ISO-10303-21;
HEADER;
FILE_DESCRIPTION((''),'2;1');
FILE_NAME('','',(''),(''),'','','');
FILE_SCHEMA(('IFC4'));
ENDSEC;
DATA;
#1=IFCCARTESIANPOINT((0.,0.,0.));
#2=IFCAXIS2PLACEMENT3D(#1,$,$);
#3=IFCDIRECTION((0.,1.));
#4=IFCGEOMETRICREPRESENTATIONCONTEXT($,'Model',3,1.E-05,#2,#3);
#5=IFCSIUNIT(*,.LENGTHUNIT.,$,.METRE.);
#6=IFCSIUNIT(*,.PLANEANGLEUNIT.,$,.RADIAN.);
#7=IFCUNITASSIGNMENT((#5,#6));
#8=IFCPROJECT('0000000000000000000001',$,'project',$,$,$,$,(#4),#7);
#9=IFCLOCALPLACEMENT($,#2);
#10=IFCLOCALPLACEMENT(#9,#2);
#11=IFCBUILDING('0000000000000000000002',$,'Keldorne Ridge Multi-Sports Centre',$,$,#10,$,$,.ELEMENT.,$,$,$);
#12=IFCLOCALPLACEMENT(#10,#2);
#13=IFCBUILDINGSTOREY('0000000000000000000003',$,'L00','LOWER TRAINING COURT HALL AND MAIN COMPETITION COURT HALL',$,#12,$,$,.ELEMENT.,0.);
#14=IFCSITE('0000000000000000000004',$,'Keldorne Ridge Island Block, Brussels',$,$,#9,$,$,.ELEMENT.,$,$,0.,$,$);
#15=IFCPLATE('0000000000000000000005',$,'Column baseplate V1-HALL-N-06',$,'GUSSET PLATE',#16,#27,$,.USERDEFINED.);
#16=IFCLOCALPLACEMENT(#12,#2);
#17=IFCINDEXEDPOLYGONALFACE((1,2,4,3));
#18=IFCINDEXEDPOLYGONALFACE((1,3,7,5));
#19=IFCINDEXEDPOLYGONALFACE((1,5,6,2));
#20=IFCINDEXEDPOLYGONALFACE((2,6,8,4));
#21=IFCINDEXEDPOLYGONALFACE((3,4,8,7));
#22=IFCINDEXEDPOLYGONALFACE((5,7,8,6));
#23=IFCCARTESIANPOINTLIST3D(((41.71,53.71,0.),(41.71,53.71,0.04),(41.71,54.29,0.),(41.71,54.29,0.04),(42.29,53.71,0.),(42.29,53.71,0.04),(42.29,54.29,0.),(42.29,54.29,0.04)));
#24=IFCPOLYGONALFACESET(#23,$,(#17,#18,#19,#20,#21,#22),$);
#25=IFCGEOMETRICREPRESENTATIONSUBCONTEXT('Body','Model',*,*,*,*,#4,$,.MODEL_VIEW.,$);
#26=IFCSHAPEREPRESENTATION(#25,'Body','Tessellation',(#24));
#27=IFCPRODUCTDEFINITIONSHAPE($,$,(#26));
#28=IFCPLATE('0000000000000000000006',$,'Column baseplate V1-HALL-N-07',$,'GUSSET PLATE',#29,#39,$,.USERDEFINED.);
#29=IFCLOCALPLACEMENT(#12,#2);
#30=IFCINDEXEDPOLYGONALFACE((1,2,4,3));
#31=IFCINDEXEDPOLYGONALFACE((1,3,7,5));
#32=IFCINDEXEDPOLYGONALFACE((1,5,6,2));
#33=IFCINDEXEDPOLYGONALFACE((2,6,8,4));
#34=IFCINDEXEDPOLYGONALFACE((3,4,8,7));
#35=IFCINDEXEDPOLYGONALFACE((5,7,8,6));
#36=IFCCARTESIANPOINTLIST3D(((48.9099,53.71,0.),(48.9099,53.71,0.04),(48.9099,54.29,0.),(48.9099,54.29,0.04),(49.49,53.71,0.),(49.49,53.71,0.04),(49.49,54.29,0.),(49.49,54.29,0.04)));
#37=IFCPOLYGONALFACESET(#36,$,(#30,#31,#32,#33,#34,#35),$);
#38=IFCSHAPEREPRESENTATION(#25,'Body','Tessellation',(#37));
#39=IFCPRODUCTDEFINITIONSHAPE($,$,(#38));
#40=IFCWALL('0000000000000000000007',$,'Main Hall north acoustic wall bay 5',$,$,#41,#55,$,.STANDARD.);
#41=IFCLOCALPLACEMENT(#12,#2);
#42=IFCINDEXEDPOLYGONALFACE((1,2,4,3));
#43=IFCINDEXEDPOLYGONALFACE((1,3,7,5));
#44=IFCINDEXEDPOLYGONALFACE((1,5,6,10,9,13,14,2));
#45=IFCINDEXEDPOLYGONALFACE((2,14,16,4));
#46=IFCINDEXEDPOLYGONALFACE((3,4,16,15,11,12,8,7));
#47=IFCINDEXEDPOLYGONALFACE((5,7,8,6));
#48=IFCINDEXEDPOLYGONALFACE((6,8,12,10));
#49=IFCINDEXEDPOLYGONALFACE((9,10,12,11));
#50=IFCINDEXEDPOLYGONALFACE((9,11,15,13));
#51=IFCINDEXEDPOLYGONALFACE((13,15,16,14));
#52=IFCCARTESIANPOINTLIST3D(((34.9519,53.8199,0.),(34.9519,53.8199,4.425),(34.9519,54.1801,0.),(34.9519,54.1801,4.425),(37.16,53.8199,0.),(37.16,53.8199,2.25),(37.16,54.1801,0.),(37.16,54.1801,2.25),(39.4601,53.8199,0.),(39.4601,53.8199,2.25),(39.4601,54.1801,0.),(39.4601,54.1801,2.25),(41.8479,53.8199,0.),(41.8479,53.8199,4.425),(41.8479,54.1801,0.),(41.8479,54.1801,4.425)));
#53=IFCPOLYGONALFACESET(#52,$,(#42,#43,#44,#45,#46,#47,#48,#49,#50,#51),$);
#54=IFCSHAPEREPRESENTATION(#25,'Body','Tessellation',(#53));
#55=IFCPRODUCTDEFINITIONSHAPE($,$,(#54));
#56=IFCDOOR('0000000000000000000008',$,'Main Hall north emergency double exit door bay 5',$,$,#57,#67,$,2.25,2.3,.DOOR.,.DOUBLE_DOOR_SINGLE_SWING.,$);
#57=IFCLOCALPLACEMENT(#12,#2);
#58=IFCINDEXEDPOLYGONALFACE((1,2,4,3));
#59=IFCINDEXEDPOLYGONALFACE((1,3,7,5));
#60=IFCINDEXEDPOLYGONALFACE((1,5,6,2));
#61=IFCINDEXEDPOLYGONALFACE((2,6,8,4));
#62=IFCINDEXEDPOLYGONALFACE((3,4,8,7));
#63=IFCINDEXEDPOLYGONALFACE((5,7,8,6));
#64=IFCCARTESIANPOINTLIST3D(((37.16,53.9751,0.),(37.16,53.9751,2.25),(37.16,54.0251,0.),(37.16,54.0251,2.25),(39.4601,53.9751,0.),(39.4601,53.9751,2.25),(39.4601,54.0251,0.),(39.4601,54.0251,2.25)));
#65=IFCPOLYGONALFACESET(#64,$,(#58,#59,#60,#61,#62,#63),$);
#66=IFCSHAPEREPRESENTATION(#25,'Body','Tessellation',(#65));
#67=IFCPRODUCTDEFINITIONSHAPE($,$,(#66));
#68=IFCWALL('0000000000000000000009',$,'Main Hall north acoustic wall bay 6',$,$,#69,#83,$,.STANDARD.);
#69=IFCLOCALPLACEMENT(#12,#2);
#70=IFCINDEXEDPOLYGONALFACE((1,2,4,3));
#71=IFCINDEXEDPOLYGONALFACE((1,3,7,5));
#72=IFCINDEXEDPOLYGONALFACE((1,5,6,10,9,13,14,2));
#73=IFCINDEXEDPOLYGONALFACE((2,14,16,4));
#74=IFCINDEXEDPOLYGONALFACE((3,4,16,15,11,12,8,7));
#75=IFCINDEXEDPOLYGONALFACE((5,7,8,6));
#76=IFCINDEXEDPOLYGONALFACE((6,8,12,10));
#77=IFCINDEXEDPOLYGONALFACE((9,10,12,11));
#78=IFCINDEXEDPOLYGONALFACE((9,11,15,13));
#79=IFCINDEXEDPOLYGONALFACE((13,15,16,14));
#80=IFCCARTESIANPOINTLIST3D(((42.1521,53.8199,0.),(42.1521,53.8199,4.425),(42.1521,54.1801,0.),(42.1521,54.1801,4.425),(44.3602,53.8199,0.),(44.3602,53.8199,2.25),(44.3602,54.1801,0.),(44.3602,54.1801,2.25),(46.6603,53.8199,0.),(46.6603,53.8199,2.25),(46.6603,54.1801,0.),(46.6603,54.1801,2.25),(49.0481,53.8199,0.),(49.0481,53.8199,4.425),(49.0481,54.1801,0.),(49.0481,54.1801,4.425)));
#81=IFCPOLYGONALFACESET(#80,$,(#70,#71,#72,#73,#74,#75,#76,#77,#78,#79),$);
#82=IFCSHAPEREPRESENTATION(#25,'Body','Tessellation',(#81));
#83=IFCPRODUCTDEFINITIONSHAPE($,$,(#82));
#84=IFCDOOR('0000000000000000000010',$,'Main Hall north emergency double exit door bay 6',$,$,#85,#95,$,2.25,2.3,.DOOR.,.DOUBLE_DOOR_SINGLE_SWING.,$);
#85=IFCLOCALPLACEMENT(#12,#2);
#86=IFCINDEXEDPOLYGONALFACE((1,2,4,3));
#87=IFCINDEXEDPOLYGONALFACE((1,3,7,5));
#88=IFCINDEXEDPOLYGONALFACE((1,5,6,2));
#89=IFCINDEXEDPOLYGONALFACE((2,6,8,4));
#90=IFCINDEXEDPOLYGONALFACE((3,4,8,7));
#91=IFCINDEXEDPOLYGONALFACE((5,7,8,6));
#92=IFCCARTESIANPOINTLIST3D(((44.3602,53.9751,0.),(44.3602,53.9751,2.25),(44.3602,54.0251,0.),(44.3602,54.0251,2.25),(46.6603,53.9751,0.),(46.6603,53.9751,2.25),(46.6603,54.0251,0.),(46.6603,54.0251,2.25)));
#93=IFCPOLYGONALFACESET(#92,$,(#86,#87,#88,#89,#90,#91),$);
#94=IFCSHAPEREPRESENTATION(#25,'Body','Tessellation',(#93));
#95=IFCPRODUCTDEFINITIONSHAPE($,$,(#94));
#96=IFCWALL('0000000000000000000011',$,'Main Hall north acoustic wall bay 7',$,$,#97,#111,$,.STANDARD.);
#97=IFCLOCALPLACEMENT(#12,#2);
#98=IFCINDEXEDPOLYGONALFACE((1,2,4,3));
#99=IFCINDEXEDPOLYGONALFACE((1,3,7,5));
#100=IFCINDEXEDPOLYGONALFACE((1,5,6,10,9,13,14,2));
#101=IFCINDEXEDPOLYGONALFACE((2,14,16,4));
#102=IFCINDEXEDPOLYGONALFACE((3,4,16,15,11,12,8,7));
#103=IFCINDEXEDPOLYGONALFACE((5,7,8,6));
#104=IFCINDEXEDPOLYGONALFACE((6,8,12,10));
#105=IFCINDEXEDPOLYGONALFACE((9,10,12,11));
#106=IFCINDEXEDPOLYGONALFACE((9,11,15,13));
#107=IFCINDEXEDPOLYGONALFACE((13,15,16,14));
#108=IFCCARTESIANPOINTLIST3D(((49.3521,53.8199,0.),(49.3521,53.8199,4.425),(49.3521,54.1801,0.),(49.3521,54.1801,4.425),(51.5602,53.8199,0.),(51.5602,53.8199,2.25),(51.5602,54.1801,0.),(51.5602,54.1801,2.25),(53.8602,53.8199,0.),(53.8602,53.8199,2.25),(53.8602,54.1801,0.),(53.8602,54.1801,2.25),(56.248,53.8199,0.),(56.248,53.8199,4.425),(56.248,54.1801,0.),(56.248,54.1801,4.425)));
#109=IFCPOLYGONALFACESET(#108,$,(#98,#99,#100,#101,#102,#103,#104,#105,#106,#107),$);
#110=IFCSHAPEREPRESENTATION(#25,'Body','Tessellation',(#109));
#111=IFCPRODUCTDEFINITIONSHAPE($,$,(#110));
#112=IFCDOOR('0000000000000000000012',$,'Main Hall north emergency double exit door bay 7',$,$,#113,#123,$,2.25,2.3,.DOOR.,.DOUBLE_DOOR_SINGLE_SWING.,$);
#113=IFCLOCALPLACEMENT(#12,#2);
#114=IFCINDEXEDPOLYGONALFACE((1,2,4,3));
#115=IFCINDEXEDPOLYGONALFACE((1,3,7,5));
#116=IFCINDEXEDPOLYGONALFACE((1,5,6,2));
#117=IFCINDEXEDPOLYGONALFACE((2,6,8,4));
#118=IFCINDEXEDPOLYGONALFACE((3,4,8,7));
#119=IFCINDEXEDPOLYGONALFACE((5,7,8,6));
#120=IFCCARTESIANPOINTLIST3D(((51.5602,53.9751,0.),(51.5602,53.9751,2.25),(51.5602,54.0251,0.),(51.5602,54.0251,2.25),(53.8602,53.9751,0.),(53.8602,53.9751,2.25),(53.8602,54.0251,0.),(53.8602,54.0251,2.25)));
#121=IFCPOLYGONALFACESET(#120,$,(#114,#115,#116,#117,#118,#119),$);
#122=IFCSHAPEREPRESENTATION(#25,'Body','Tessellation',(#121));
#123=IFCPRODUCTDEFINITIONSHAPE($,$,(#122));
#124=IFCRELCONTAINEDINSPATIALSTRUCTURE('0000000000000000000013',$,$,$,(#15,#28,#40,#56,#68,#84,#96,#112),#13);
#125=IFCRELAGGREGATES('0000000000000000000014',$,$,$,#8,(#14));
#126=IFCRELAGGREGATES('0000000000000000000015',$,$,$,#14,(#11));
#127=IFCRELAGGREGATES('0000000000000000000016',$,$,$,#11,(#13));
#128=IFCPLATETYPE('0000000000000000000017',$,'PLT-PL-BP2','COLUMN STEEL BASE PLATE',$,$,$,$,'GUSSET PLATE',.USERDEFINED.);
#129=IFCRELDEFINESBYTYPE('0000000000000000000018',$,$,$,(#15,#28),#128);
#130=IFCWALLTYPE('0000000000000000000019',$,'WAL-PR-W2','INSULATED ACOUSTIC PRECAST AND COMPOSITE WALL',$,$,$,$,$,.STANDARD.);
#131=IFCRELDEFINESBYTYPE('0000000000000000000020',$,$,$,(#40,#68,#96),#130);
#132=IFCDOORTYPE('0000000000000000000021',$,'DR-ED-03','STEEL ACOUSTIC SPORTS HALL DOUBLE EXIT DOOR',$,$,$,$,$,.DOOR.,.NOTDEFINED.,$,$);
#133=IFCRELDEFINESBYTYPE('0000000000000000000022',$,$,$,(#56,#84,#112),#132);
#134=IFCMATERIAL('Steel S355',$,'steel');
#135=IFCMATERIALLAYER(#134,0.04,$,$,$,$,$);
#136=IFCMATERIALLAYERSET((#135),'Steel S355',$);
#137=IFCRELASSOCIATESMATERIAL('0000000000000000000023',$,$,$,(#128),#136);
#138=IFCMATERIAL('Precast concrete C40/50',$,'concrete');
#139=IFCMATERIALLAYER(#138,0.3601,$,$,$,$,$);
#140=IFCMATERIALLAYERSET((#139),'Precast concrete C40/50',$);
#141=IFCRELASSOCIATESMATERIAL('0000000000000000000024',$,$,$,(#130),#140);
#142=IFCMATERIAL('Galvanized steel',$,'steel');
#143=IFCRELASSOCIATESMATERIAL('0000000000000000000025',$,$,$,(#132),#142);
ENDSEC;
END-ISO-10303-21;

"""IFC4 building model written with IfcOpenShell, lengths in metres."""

from ifc_helpers import new_model, si_unit, direction, frame, frame_2d, origin, origin_2d, place, context, subcontext, project, spatial, rectangle, extrude, material, layer, layer_set, type_object, element, fill, save


model = new_model("IFC4")

# Units and contexts
model_context = context("Model", 3, precision=1e-05, world=origin(), true_north=direction((0.0, 1.0)))
body_context = subcontext(model_context, "Body", "Model", "MODEL_VIEW")
ifc_project = project(units=[si_unit("LENGTHUNIT", "METRE"), si_unit("PLANEANGLEUNIT", "RADIAN")], contexts=[model_context])

# Site, building, storey
site_placement = place(None, origin())
site = spatial("IfcSite", under=ifc_project, at=site_placement, Name="Keldorne Ridge Island Block, Brussels", CompositionType="ELEMENT", RefElevation=0.0)
building_placement = place(site_placement, origin())
building = spatial("IfcBuilding", under=site, at=building_placement, Name="Keldorne Ridge Multi-Sports Centre", CompositionType="ELEMENT")
storey_placement = place(building_placement, origin())
storey = spatial("IfcBuildingStorey", under=building, at=storey_placement, Name="L00", Description="LOWER TRAINING COURT HALL AND MAIN COMPETITION COURT HALL", CompositionType="ELEMENT", Elevation=0.0)

# Shared definitions
ifc_material_1 = material(Name="Steel S355", Category="steel")

# Plates
ifc_layer_1 = layer(ifc_material_1, 0.04)
ifc_layer_set_1 = layer_set([ifc_layer_1], Name="Steel S355")
plate_type = type_object("IfcPlateType", Name="PLT-PL-BP2", Description="COLUMN STEEL BASE PLATE", ElementType="GUSSET PLATE", PredefinedType="USERDEFINED", material=ifc_layer_set_1)
for number, where, z_axis, x_axis, name in (
    (1, (42.0, 54.0, 0.0), (0.0, 0.0, 1.0), (1.0, 0.0, 0.0), "Column baseplate V1-HALL-N-06"),
    (2, (49.2, 54.0, 0.0), (0.0, 0.0, 1.0), (1.0, 0.0, 0.0), "Column baseplate V1-HALL-N-07"),
):
    element("IfcPlate", number, at=place(storey_placement, frame(where, z_axis=z_axis, x_axis=x_axis)), inside=storey, type_object=plate_type, Name=name, ObjectType="GUSSET PLATE", PredefinedType="USERDEFINED", context=body_context, shape_type="SweptSolid", body=[
        extrude(rectangle(XDim=0.5801, YDim=0.5801, at=origin_2d()), origin(), (0.0, 0.0, 1.0), 0.04),
    ])

# Walls, openings, doors
ifc_material_2 = material(Name="Precast concrete C40/50", Category="concrete")
ifc_layer_2 = layer(ifc_material_2, 0.3601)
ifc_layer_set_2 = layer_set([ifc_layer_2], Name="Precast concrete C40/50")
wall_type = type_object("IfcWallType", Name="WAL-PR-W2", Description="INSULATED ACOUSTIC PRECAST AND COMPOSITE WALL", PredefinedType="STANDARD", material=ifc_layer_set_2)
wall_1_placement = place(storey_placement, frame((41.8479, 54.0, 0.0), z_axis=(0.0, 0.0, 1.0), x_axis=(-1.0, 0.0, 0.0)))
wall_1 = element("IfcWall", 3, at=wall_1_placement, inside=storey, type_object=wall_type, Name="Main Hall north acoustic wall bay 5", PredefinedType="STANDARD", context=body_context, shape_type="SweptSolid", body=[
    extrude(rectangle(XDim=6.896, YDim=0.3601, at=frame_2d((3.448, 0.0))), origin(), (0.0, 0.0, 1.0), 4.425),
])
opening_1_placement = place(wall_1_placement, frame((2.3879, 0.0, 0.0)))
opening_1 = element("IfcOpeningElement", 4, at=opening_1_placement, cuts=wall_1, PredefinedType="OPENING", context=body_context, shape_type="SweptSolid", body=[
    extrude(rectangle(XDim=2.3, YDim=2.25, at=frame_2d((1.1499, 1.125))), frame((0.0, 0.1899, 0.0), z_axis=(0.0, -1.0, 0.0), x_axis=(1.0, 0.0, 0.0)), (0.0, 0.0, 1.0), 0.3801),
])
ifc_material_3 = material(Name="Galvanized steel", Category="steel")
door_type = type_object("IfcDoorType", Name="DR-ED-03", Description="STEEL ACOUSTIC SPORTS HALL DOUBLE EXIT DOOR", OperationType="NOTDEFINED", PredefinedType="DOOR", material=ifc_material_3)
door_1_placement = place(opening_1_placement, origin())
door_1 = element("IfcDoor", 5, at=door_1_placement, inside=storey, type_object=door_type, Name="Main Hall north emergency double exit door bay 5", OperationType="DOUBLE_DOOR_SINGLE_SWING", OverallHeight=2.25, OverallWidth=2.3, PredefinedType="DOOR", context=body_context, shape_type="SweptSolid", body=[
    extrude(rectangle(XDim=2.3, YDim=2.25, at=frame_2d((1.1499, 1.125))), frame((0.0, 0.0249, 0.0), z_axis=(0.0, -1.0, 0.0), x_axis=(1.0, 0.0, 0.0)), (0.0, 0.0, 1.0), 0.05),
])
fill(opening_1, door_1)
wall_2_placement = place(storey_placement, frame((49.0481, 54.0, 0.0), z_axis=(0.0, 0.0, 1.0), x_axis=(-1.0, 0.0, 0.0)))
wall_2 = element("IfcWall", 6, at=wall_2_placement, inside=storey, type_object=wall_type, Name="Main Hall north acoustic wall bay 6", PredefinedType="STANDARD", context=body_context, shape_type="SweptSolid", body=[
    extrude(rectangle(XDim=6.896, YDim=0.3601, at=frame_2d((3.448, 0.0))), origin(), (0.0, 0.0, 1.0), 4.425),
])
opening_2_placement = place(wall_2_placement, frame((2.3879, 0.0, 0.0)))
opening_2 = element("IfcOpeningElement", 7, at=opening_2_placement, cuts=wall_2, PredefinedType="OPENING", context=body_context, shape_type="SweptSolid", body=[
    extrude(rectangle(XDim=2.3, YDim=2.25, at=frame_2d((1.1499, 1.125))), frame((0.0, 0.1899, 0.0), z_axis=(0.0, -1.0, 0.0), x_axis=(1.0, 0.0, 0.0)), (0.0, 0.0, 1.0), 0.3801),
])
door_2_placement = place(opening_2_placement, origin())
door_2 = element("IfcDoor", 8, at=door_2_placement, inside=storey, type_object=door_type, Name="Main Hall north emergency double exit door bay 6", OperationType="DOUBLE_DOOR_SINGLE_SWING", OverallHeight=2.25, OverallWidth=2.3, PredefinedType="DOOR", context=body_context, shape_type="SweptSolid", body=[
    extrude(rectangle(XDim=2.3, YDim=2.25, at=frame_2d((1.1499, 1.125))), frame((0.0, 0.0249, 0.0), z_axis=(0.0, -1.0, 0.0), x_axis=(1.0, 0.0, 0.0)), (0.0, 0.0, 1.0), 0.05),
])
fill(opening_2, door_2)
wall_3_placement = place(storey_placement, frame((56.248, 54.0, 0.0), z_axis=(0.0, 0.0, 1.0), x_axis=(-1.0, 0.0, 0.0)))
wall_3 = element("IfcWall", 9, at=wall_3_placement, inside=storey, type_object=wall_type, Name="Main Hall north acoustic wall bay 7", PredefinedType="STANDARD", context=body_context, shape_type="SweptSolid", body=[
    extrude(rectangle(XDim=6.896, YDim=0.3601, at=frame_2d((3.448, 0.0))), origin(), (0.0, 0.0, 1.0), 4.425),
])
opening_3_placement = place(wall_3_placement, frame((2.3879, 0.0, 0.0)))
opening_3 = element("IfcOpeningElement", 10, at=opening_3_placement, cuts=wall_3, PredefinedType="OPENING", context=body_context, shape_type="SweptSolid", body=[
    extrude(rectangle(XDim=2.3, YDim=2.25, at=frame_2d((1.1499, 1.125))), frame((0.0, 0.1899, 0.0), z_axis=(0.0, -1.0, 0.0), x_axis=(1.0, 0.0, 0.0)), (0.0, 0.0, 1.0), 0.3801),
])
door_3_placement = place(opening_3_placement, origin())
door_3 = element("IfcDoor", 11, at=door_3_placement, inside=storey, type_object=door_type, Name="Main Hall north emergency double exit door bay 7", OperationType="DOUBLE_DOOR_SINGLE_SWING", OverallHeight=2.25, OverallWidth=2.3, PredefinedType="DOOR", context=body_context, shape_type="SweptSolid", body=[
    extrude(rectangle(XDim=2.3, YDim=2.25, at=frame_2d((1.1499, 1.125))), frame((0.0, 0.0249, 0.0), z_axis=(0.0, -1.0, 0.0), x_axis=(1.0, 0.0, 0.0)), (0.0, 0.0, 1.0), 0.05),
])
fill(opening_3, door_3)

save(model, "model.ifc")
